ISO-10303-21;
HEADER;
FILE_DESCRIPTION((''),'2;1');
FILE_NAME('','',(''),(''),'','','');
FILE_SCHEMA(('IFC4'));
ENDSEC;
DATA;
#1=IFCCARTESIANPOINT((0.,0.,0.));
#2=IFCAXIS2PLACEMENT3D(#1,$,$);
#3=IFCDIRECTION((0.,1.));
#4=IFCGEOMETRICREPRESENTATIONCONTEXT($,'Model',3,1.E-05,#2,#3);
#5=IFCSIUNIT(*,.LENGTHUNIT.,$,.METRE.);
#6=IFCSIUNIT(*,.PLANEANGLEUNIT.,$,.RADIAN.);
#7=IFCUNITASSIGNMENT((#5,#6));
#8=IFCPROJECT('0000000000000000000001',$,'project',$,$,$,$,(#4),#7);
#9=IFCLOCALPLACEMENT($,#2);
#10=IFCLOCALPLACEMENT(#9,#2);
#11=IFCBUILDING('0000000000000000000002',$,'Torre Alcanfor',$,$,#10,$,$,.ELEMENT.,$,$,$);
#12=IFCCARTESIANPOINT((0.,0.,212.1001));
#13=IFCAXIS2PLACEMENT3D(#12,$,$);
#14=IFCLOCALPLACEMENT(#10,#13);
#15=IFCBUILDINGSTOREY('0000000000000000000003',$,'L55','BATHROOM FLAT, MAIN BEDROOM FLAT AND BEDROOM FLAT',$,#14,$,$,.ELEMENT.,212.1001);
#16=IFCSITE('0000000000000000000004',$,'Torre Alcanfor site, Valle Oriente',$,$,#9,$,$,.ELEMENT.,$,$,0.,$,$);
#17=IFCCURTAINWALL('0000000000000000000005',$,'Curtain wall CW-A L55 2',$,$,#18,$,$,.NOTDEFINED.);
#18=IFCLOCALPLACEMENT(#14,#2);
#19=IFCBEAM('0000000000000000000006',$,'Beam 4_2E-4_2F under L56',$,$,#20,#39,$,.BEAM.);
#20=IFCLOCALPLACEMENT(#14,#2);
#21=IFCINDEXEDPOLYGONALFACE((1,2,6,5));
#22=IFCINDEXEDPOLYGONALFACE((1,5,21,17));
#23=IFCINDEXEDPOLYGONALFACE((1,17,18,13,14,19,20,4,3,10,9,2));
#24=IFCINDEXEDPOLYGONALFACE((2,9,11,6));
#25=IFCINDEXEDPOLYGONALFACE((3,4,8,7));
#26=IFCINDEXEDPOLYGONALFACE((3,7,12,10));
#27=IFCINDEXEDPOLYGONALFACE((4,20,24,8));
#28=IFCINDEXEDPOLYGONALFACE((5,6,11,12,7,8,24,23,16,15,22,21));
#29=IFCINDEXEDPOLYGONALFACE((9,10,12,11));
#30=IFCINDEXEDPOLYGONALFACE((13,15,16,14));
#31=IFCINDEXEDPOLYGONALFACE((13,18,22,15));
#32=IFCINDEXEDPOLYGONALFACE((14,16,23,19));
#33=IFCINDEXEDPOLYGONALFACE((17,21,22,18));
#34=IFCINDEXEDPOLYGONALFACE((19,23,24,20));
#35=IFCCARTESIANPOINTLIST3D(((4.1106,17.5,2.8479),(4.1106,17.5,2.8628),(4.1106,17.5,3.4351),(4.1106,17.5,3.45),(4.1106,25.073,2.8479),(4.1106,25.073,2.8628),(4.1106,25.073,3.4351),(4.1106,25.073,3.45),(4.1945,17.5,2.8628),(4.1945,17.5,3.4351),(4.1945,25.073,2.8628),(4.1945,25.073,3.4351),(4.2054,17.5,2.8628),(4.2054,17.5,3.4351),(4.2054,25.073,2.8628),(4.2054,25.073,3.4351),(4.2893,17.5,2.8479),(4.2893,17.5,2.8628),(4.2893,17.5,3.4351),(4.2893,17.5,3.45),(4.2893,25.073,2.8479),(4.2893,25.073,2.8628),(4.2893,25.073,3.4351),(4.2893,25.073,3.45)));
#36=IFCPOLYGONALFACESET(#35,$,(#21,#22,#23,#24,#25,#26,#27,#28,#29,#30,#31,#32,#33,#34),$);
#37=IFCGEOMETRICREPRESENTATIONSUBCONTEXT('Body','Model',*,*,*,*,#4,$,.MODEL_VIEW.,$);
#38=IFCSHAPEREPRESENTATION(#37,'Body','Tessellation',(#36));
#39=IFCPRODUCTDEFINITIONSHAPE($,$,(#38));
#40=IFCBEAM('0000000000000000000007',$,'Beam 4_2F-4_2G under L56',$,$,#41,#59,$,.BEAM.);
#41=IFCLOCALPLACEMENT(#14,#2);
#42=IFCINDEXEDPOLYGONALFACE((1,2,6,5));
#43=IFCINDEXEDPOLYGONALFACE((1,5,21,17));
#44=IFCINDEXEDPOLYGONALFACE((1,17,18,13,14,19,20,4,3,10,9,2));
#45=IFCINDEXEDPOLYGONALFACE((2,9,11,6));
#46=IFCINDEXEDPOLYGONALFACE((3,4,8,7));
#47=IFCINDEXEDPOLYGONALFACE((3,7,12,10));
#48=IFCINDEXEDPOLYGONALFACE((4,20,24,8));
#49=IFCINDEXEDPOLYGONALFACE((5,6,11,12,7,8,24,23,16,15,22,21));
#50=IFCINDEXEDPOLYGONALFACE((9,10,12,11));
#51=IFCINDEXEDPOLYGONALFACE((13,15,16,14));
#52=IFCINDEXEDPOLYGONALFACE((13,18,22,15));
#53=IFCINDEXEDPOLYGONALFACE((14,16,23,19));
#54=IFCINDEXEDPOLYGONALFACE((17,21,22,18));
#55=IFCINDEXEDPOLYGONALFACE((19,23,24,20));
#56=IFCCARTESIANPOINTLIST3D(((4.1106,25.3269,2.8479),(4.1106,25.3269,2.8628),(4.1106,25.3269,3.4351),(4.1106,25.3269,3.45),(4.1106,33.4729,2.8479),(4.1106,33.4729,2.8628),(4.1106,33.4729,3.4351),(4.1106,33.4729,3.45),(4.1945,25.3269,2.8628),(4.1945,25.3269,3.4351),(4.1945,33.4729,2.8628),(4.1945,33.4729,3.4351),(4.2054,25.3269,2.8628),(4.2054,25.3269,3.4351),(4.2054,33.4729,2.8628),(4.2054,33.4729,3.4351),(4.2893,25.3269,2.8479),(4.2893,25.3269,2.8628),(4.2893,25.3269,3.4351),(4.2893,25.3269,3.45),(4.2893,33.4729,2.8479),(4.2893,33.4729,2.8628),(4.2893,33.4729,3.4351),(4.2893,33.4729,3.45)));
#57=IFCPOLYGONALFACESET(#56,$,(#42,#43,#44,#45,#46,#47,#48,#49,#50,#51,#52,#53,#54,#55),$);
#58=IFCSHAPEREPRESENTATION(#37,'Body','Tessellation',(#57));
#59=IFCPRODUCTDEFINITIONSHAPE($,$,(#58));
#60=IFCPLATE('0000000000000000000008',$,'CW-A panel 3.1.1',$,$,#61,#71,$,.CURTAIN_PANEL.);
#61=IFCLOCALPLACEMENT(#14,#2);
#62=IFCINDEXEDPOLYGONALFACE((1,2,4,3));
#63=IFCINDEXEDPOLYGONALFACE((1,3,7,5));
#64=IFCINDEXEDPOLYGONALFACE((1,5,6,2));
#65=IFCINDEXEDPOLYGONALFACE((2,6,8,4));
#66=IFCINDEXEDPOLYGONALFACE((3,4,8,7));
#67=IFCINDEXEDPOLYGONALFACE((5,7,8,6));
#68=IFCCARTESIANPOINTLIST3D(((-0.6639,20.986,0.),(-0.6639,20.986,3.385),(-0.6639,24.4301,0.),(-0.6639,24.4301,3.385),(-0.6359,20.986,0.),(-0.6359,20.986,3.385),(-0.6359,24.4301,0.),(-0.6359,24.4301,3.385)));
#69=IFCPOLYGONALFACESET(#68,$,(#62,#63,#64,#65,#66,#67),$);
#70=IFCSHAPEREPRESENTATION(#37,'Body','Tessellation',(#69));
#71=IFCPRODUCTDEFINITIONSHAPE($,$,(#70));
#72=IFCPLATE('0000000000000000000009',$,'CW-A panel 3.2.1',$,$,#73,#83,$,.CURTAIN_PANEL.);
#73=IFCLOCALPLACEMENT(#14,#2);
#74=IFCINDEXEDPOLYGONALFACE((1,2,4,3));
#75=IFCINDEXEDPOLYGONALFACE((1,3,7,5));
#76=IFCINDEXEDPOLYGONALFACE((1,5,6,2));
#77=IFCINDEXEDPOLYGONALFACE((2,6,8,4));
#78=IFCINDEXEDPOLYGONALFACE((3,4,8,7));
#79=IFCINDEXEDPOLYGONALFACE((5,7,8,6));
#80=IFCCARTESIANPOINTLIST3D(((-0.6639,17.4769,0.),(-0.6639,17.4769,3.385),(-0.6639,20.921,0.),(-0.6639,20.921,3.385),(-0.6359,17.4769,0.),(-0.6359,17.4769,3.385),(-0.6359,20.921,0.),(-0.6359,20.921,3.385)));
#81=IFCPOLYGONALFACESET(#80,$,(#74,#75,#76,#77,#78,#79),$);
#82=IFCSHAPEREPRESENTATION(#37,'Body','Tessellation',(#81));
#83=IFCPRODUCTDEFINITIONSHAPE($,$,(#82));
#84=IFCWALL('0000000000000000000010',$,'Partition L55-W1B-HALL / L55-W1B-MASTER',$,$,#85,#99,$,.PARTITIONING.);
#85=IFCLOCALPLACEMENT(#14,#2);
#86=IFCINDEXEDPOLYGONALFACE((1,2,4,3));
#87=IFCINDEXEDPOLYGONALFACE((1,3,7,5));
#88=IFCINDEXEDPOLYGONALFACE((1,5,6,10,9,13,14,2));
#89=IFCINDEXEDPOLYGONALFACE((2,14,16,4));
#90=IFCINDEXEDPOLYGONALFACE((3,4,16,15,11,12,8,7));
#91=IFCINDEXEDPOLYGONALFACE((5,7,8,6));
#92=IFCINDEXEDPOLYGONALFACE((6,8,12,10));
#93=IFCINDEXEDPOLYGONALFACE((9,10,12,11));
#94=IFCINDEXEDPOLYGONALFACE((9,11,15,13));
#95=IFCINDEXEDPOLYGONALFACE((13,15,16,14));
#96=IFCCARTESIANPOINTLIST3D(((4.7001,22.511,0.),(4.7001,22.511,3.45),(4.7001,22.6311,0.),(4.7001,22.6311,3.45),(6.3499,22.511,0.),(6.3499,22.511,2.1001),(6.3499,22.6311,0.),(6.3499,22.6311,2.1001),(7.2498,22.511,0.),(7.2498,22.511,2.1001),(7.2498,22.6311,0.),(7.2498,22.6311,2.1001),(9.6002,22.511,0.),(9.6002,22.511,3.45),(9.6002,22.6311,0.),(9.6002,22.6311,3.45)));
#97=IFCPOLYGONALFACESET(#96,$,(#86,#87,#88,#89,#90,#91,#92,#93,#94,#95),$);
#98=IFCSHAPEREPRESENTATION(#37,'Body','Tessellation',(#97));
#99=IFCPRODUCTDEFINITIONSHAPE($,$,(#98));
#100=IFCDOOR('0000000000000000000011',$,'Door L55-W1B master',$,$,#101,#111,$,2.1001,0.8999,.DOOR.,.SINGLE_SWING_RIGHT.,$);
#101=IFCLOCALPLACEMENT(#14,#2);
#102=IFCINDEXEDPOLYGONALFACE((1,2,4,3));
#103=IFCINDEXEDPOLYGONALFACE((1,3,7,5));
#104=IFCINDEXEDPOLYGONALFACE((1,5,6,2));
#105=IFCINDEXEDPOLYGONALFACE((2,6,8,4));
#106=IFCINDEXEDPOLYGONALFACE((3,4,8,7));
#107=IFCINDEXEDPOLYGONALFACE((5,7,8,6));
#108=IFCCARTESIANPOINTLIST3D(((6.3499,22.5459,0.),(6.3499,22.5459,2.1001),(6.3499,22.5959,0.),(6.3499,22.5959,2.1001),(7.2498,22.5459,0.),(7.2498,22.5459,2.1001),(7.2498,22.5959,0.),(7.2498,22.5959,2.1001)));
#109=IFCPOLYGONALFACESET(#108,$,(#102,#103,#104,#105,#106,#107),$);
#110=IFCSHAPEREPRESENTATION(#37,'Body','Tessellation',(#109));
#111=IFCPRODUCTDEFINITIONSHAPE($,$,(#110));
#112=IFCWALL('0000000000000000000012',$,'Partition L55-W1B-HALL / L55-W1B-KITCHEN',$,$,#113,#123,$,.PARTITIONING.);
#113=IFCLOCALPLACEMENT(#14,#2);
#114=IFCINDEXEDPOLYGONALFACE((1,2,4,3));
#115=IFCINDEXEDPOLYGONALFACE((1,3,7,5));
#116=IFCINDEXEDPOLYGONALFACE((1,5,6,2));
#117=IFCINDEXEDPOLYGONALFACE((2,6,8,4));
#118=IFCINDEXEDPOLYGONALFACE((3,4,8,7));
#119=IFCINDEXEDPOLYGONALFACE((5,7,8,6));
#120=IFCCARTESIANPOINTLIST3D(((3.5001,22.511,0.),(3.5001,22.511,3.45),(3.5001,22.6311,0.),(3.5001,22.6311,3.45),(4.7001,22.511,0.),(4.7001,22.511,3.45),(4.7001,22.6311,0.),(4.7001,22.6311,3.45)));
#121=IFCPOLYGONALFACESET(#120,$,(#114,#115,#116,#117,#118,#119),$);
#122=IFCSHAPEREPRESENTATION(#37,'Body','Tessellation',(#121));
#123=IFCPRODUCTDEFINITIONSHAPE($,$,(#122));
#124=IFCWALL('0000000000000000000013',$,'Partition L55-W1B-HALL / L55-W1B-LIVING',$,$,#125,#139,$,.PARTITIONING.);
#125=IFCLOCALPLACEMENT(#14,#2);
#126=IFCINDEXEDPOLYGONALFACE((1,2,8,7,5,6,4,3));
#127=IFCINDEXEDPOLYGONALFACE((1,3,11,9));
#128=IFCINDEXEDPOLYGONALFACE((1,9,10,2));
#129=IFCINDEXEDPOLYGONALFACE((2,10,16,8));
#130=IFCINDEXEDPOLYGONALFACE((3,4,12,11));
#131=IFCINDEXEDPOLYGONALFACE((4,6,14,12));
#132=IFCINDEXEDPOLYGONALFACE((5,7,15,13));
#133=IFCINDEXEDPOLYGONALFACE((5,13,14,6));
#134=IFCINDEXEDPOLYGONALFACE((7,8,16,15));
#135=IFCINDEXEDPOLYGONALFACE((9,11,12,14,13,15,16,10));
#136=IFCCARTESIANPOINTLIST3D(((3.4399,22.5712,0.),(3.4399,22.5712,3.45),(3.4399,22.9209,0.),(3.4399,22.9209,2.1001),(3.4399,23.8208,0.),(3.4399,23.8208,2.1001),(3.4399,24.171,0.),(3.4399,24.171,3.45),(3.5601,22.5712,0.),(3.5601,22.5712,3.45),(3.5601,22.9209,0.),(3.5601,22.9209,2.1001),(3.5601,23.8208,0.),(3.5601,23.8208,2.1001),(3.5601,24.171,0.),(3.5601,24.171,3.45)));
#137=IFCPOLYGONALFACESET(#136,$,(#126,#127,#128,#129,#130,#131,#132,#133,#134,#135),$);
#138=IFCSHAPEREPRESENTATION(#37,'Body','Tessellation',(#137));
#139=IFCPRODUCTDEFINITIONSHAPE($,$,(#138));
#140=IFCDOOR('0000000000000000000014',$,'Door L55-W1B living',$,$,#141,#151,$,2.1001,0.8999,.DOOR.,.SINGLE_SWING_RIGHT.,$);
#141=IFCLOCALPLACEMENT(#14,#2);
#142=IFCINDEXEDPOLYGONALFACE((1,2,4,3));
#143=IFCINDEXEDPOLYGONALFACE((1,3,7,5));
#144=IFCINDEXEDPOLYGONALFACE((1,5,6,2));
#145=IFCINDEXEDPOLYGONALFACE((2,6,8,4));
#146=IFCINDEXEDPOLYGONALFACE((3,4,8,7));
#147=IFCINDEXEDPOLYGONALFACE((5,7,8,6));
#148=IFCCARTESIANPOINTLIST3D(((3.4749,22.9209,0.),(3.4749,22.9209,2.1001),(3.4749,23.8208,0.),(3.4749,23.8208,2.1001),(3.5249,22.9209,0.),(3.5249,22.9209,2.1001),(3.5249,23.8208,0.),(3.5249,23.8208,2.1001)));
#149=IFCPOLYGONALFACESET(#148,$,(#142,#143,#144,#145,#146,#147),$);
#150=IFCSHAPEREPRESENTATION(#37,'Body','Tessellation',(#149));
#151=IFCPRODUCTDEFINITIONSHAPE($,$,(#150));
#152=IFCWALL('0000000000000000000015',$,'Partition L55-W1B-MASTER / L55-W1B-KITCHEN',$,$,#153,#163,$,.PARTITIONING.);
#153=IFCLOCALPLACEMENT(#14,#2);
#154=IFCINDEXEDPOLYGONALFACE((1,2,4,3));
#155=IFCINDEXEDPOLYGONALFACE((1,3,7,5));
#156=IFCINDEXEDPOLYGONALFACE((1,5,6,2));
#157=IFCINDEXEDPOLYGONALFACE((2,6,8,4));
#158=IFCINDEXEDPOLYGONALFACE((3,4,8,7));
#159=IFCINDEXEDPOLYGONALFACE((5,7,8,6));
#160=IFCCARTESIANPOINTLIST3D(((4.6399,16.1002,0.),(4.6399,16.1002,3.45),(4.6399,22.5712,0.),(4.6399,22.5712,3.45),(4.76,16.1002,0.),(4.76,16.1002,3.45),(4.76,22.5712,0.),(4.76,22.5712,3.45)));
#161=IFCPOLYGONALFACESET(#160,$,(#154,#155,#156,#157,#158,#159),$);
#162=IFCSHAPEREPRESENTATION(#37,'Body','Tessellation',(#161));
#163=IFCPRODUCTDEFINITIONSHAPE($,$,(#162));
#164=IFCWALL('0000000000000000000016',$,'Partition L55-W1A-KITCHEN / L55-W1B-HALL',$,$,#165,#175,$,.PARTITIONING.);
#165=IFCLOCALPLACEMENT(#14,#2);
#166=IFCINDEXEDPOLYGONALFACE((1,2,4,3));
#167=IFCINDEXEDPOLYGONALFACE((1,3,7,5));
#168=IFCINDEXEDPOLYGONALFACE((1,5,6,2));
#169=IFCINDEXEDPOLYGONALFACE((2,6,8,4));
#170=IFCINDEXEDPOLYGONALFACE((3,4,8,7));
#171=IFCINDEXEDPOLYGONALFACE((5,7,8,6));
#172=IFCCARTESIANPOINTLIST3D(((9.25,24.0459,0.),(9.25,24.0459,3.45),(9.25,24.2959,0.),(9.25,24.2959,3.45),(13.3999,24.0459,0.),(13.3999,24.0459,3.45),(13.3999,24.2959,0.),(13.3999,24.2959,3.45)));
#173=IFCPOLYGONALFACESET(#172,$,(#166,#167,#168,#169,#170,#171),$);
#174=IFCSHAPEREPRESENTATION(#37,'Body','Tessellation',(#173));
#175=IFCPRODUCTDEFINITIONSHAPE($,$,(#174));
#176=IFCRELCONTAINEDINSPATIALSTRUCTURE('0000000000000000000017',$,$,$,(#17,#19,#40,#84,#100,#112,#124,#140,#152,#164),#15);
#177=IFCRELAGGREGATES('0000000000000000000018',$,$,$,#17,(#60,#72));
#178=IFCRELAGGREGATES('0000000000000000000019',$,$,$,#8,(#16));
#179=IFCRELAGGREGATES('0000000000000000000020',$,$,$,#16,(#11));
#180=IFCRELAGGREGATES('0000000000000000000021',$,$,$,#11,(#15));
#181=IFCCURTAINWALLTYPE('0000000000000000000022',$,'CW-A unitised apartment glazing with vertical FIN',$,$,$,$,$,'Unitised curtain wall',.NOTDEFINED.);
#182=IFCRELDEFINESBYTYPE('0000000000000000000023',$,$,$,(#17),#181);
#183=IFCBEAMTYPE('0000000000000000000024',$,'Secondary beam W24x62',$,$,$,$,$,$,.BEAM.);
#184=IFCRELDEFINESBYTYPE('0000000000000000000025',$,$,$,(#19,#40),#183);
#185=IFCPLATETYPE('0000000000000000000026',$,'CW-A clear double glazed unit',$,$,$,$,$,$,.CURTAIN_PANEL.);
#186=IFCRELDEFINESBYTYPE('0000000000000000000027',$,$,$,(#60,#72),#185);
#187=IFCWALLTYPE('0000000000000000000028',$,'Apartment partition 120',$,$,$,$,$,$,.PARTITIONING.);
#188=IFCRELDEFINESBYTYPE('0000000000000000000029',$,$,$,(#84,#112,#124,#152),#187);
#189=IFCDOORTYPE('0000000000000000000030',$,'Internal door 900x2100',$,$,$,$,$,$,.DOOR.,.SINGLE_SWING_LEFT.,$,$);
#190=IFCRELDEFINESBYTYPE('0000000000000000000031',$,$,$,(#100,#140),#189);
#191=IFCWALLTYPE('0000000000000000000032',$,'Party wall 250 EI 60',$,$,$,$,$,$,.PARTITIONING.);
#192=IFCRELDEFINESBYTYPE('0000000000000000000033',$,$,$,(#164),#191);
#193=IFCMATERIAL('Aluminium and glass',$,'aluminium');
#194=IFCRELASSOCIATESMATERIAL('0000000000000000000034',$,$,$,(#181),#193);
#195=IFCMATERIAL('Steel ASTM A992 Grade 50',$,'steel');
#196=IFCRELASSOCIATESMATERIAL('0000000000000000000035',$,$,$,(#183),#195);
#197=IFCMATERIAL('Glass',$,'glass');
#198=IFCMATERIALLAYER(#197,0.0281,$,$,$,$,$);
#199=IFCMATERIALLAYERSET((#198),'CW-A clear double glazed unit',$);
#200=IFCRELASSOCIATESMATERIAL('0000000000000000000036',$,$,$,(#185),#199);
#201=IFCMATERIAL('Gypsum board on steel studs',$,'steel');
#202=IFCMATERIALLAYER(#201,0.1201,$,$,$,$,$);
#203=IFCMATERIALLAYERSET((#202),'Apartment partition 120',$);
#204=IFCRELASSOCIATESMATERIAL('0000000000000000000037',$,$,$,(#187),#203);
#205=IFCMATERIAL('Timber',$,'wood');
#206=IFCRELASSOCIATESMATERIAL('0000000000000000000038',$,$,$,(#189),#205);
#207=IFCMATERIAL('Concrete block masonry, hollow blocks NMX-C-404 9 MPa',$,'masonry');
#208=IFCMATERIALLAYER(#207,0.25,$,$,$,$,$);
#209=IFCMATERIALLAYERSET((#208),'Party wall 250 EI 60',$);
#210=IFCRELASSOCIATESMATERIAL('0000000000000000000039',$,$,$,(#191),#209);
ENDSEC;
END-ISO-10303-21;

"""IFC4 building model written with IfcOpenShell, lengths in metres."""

from ifc_helpers import new_model, si_unit, direction, frame, frame_2d, origin, origin_2d, place, context, subcontext, project, spatial, rectangle, i_section, extrude, material, layer, layer_set, material_profile, profile_set, type_object, element, fill, aggregate, save


model = new_model("IFC4")

# Units and contexts
model_context = context("Model", 3, precision=1e-05, world=origin(), true_north=direction((0.0, 1.0)))
body_context = subcontext(model_context, "Body", "Model", "MODEL_VIEW")
ifc_project = project(units=[si_unit("LENGTHUNIT", "METRE"), si_unit("PLANEANGLEUNIT", "RADIAN")], contexts=[model_context])

# Site, building, storey
site_placement = place(None, origin())
site = spatial("IfcSite", under=ifc_project, at=site_placement, Name="Torre Alcanfor site, Valle Oriente", CompositionType="ELEMENT", RefElevation=0.0)
building_placement = place(site_placement, origin())
building = spatial("IfcBuilding", under=site, at=building_placement, Name="Torre Alcanfor", CompositionType="ELEMENT")
storey_placement = place(building_placement, frame((0.0, 0.0, 212.1001)))
storey = spatial("IfcBuildingStorey", under=building, at=storey_placement, Name="L55", Description="BATHROOM FLAT, MAIN BEDROOM FLAT AND BEDROOM FLAT", CompositionType="ELEMENT", Elevation=212.1001)

# Curtain wall
ifc_material_1 = material(Name="Aluminium and glass", Category="aluminium")
curtain_wall_type = type_object("IfcCurtainWallType", Name="CW-A unitised apartment glazing with vertical FIN", ElementType="Unitised curtain wall", PredefinedType="NOTDEFINED", material=ifc_material_1)
curtain_wall_placement = place(storey_placement, origin())
curtain_wall = element("IfcCurtainWall", 1, at=curtain_wall_placement, inside=storey, type_object=curtain_wall_type, Name="Curtain wall CW-A L55 2", PredefinedType="NOTDEFINED")

# Beams
ifc_material_2 = material(Name="Steel ASTM A992 Grade 50", Category="steel")
ifc_material_profile_1 = material_profile(ifc_material_2, i_section(OverallWidth=0.1787, OverallDepth=0.6021, WebThickness=0.011, FlangeThickness=0.0149, at=origin_2d()), Name="W24x62")
ifc_profile_set_1 = profile_set([ifc_material_profile_1], Name="Steel ASTM A992 Grade 50")
beam_type_1 = type_object("IfcBeamType", Name="Secondary beam W24x62", PredefinedType="BEAM", material=ifc_profile_set_1)
beam_1_placement = place(storey_placement, frame((4.2, 17.5, 3.1489), z_axis=(0.0, 1.0, 0.0), x_axis=(-1.0, 0.0, 0.0)))
element("IfcBeam", 2, at=beam_1_placement, inside=storey, type_object=beam_type_1, Name="Beam 4_2E-4_2F under L56", PredefinedType="BEAM", context=body_context, shape_type="SweptSolid", body=[
    extrude(i_section(OverallWidth=0.1787, OverallDepth=0.6021, WebThickness=0.011, FlangeThickness=0.0149, at=origin_2d()), origin(), (0.0, 0.0, 1.0), 7.573),
])
beam_2_placement = place(storey_placement, frame((4.2, 25.3269, 3.1489), z_axis=(0.0, 1.0, 0.0), x_axis=(-1.0, 0.0, 0.0)))
element("IfcBeam", 3, at=beam_2_placement, inside=storey, type_object=beam_type_1, Name="Beam 4_2F-4_2G under L56", PredefinedType="BEAM", context=body_context, shape_type="SweptSolid", body=[
    extrude(i_section(OverallWidth=0.1787, OverallDepth=0.6021, WebThickness=0.011, FlangeThickness=0.0149, at=origin_2d()), origin(), (0.0, 0.0, 1.0), 8.146),
])

# Plates
ifc_material_3 = material(Name="Glass", Category="glass")
ifc_layer_1 = layer(ifc_material_3, 0.0281)
ifc_layer_set_1 = layer_set([ifc_layer_1], Name="CW-A clear double glazed unit")
plate_type = type_object("IfcPlateType", Name="CW-A clear double glazed unit", PredefinedType="CURTAIN_PANEL", material=ifc_layer_set_1)
plate_1_placement = place(storey_placement, frame((-0.6499, 22.708, 0.0), z_axis=(0.0, 0.0, 1.0), x_axis=(0.0, -1.0, 0.0)))
plate_1 = element("IfcPlate", 4, at=plate_1_placement, type_object=plate_type, Name="CW-A panel 3.1.1", PredefinedType="CURTAIN_PANEL", context=body_context, shape_type="SweptSolid", body=[
    extrude(rectangle(XDim=3.4441, YDim=0.0281, at=origin_2d()), origin(), (0.0, 0.0, 1.0), 3.385),
])
plate_2_placement = place(storey_placement, frame((-0.6499, 19.199, 0.0), z_axis=(0.0, 0.0, 1.0), x_axis=(0.0, -1.0, 0.0)))
plate_2 = element("IfcPlate", 5, at=plate_2_placement, type_object=plate_type, Name="CW-A panel 3.2.1", PredefinedType="CURTAIN_PANEL", context=body_context, shape_type="SweptSolid", body=[
    extrude(rectangle(XDim=3.4441, YDim=0.0281, at=origin_2d()), origin(), (0.0, 0.0, 1.0), 3.385),
])
aggregate(curtain_wall, [plate_1, plate_2])

# Wall, opening, door
ifc_material_4 = material(Name="Gypsum board on steel studs", Category="steel")
ifc_layer_2 = layer(ifc_material_4, 0.1201)
ifc_layer_set_2 = layer_set([ifc_layer_2], Name="Apartment partition 120")
wall_type_1 = type_object("IfcWallType", Name="Apartment partition 120", PredefinedType="PARTITIONING", material=ifc_layer_set_2)
wall_1_placement = place(storey_placement, frame((4.7, 22.571, 0.0), z_axis=(0.0, 0.0, 1.0), x_axis=(1.0, 0.0, 0.0)))
wall_1 = element("IfcWall", 6, at=wall_1_placement, inside=storey, type_object=wall_type_1, Name="Partition L55-W1B-HALL / L55-W1B-MASTER", PredefinedType="PARTITIONING", context=body_context, shape_type="SweptSolid", body=[
    extrude(rectangle(XDim=4.9001, YDim=0.1201, at=frame_2d((2.4502, 0.0))), origin(), (0.0, 0.0, 1.0), 3.45),
])
opening_1_placement = place(wall_1_placement, frame((1.6499, 0.0, 0.0)))
opening_1 = element("IfcOpeningElement", 7, at=opening_1_placement, cuts=wall_1, PredefinedType="OPENING", context=body_context, shape_type="SweptSolid", body=[
    extrude(rectangle(XDim=0.8999, YDim=2.1001, at=frame_2d((0.45, 1.05))), frame((0.0, 0.0701, 0.0), z_axis=(0.0, -1.0, 0.0), x_axis=(1.0, 0.0, 0.0)), (0.0, 0.0, 1.0), 0.1401),
])
ifc_material_5 = material(Name="Timber", Category="wood")
door_type = type_object("IfcDoorType", Name="Internal door 900x2100", OperationType="SINGLE_SWING_LEFT", PredefinedType="DOOR", material=ifc_material_5)
door_1_placement = place(opening_1_placement, frame((0.8999, 0.0, 0.0), z_axis=(0.0, 0.0, 1.0), x_axis=(-1.0, 0.0, 0.0)))
door_1 = element("IfcDoor", 8, at=door_1_placement, inside=storey, type_object=door_type, Name="Door L55-W1B master", OperationType="SINGLE_SWING_RIGHT", OverallHeight=2.1001, OverallWidth=0.8999, PredefinedType="DOOR", context=body_context, shape_type="SweptSolid", body=[
    extrude(rectangle(XDim=0.8999, YDim=2.1001, at=frame_2d((0.45, 1.05))), frame((0.0, 0.0251, 0.0), z_axis=(0.0, -1.0, 0.0), x_axis=(1.0, 0.0, 0.0)), (0.0, 0.0, 1.0), 0.05),
])
fill(opening_1, door_1)

# Wall
wall_2_placement = place(storey_placement, frame((3.5, 22.571, 0.0), z_axis=(0.0, 0.0, 1.0), x_axis=(1.0, 0.0, 0.0)))
element("IfcWall", 9, at=wall_2_placement, inside=storey, type_object=wall_type_1, Name="Partition L55-W1B-HALL / L55-W1B-KITCHEN", PredefinedType="PARTITIONING", context=body_context, shape_type="SweptSolid", body=[
    extrude(rectangle(XDim=1.2, YDim=0.1201, at=frame_2d((0.6001, 0.0))), origin(), (0.0, 0.0, 1.0), 3.45),
])

# Wall, opening, door
wall_3_placement = place(storey_placement, frame((3.5, 24.1709, 0.0), z_axis=(0.0, 0.0, 1.0), x_axis=(0.0, -1.0, 0.0)))
wall_3 = element("IfcWall", 10, at=wall_3_placement, inside=storey, type_object=wall_type_1, Name="Partition L55-W1B-HALL / L55-W1B-LIVING", PredefinedType="PARTITIONING", context=body_context, shape_type="SweptSolid", body=[
    extrude(rectangle(XDim=1.5999, YDim=0.1201, at=frame_2d((0.7998, 0.0))), origin(), (0.0, 0.0, 1.0), 3.45),
])
opening_2_placement = place(wall_3_placement, frame((0.3501, 0.0, 0.0)))
opening_2 = element("IfcOpeningElement", 11, at=opening_2_placement, cuts=wall_3, PredefinedType="OPENING", context=body_context, shape_type="SweptSolid", body=[
    extrude(rectangle(XDim=0.8999, YDim=2.1001, at=frame_2d((0.45, 1.05))), frame((0.0, 0.0701, 0.0), z_axis=(0.0, -1.0, 0.0), x_axis=(1.0, 0.0, 0.0)), (0.0, 0.0, 1.0), 0.1401),
])
door_2_placement = place(opening_2_placement, frame((0.8999, 0.0, 0.0), z_axis=(0.0, 0.0, 1.0), x_axis=(-1.0, 0.0, 0.0)))
door_2 = element("IfcDoor", 12, at=door_2_placement, inside=storey, type_object=door_type, Name="Door L55-W1B living", OperationType="SINGLE_SWING_RIGHT", OverallHeight=2.1001, OverallWidth=0.8999, PredefinedType="DOOR", context=body_context, shape_type="SweptSolid", body=[
    extrude(rectangle(XDim=0.8999, YDim=2.1001, at=frame_2d((0.45, 1.05))), frame((0.0, 0.0251, 0.0), z_axis=(0.0, -1.0, 0.0), x_axis=(1.0, 0.0, 0.0)), (0.0, 0.0, 1.0), 0.05),
])
fill(opening_2, door_2)

# Walls
wall_4_placement = place(storey_placement, frame((4.7, 22.571, 0.0), z_axis=(0.0, 0.0, 1.0), x_axis=(0.0, -1.0, 0.0)))
element("IfcWall", 13, at=wall_4_placement, inside=storey, type_object=wall_type_1, Name="Partition L55-W1B-MASTER / L55-W1B-KITCHEN", PredefinedType="PARTITIONING", context=body_context, shape_type="SweptSolid", body=[
    extrude(rectangle(XDim=6.4709, YDim=0.1201, at=frame_2d((3.2354, 0.0))), origin(), (0.0, 0.0, 1.0), 3.45),
])
ifc_material_6 = material(Name="Concrete block masonry, hollow blocks NMX-C-404 9 MPa", Category="masonry")
ifc_layer_3 = layer(ifc_material_6, 0.25)
ifc_layer_set_3 = layer_set([ifc_layer_3], Name="Party wall 250 EI 60")
wall_type_2 = type_object("IfcWallType", Name="Party wall 250 EI 60", PredefinedType="PARTITIONING", material=ifc_layer_set_3)
wall_5_placement = place(storey_placement, frame((9.25, 24.1709, 0.0), z_axis=(0.0, 0.0, 1.0), x_axis=(1.0, 0.0, 0.0)))
element("IfcWall", 14, at=wall_5_placement, inside=storey, type_object=wall_type_2, Name="Partition L55-W1A-KITCHEN / L55-W1B-HALL", PredefinedType="PARTITIONING", context=body_context, shape_type="SweptSolid", body=[
    extrude(rectangle(XDim=4.1499, YDim=0.25, at=frame_2d((2.075, 0.0))), origin(), (0.0, 0.0, 1.0), 3.45),
])

save(model, "model.ifc")
